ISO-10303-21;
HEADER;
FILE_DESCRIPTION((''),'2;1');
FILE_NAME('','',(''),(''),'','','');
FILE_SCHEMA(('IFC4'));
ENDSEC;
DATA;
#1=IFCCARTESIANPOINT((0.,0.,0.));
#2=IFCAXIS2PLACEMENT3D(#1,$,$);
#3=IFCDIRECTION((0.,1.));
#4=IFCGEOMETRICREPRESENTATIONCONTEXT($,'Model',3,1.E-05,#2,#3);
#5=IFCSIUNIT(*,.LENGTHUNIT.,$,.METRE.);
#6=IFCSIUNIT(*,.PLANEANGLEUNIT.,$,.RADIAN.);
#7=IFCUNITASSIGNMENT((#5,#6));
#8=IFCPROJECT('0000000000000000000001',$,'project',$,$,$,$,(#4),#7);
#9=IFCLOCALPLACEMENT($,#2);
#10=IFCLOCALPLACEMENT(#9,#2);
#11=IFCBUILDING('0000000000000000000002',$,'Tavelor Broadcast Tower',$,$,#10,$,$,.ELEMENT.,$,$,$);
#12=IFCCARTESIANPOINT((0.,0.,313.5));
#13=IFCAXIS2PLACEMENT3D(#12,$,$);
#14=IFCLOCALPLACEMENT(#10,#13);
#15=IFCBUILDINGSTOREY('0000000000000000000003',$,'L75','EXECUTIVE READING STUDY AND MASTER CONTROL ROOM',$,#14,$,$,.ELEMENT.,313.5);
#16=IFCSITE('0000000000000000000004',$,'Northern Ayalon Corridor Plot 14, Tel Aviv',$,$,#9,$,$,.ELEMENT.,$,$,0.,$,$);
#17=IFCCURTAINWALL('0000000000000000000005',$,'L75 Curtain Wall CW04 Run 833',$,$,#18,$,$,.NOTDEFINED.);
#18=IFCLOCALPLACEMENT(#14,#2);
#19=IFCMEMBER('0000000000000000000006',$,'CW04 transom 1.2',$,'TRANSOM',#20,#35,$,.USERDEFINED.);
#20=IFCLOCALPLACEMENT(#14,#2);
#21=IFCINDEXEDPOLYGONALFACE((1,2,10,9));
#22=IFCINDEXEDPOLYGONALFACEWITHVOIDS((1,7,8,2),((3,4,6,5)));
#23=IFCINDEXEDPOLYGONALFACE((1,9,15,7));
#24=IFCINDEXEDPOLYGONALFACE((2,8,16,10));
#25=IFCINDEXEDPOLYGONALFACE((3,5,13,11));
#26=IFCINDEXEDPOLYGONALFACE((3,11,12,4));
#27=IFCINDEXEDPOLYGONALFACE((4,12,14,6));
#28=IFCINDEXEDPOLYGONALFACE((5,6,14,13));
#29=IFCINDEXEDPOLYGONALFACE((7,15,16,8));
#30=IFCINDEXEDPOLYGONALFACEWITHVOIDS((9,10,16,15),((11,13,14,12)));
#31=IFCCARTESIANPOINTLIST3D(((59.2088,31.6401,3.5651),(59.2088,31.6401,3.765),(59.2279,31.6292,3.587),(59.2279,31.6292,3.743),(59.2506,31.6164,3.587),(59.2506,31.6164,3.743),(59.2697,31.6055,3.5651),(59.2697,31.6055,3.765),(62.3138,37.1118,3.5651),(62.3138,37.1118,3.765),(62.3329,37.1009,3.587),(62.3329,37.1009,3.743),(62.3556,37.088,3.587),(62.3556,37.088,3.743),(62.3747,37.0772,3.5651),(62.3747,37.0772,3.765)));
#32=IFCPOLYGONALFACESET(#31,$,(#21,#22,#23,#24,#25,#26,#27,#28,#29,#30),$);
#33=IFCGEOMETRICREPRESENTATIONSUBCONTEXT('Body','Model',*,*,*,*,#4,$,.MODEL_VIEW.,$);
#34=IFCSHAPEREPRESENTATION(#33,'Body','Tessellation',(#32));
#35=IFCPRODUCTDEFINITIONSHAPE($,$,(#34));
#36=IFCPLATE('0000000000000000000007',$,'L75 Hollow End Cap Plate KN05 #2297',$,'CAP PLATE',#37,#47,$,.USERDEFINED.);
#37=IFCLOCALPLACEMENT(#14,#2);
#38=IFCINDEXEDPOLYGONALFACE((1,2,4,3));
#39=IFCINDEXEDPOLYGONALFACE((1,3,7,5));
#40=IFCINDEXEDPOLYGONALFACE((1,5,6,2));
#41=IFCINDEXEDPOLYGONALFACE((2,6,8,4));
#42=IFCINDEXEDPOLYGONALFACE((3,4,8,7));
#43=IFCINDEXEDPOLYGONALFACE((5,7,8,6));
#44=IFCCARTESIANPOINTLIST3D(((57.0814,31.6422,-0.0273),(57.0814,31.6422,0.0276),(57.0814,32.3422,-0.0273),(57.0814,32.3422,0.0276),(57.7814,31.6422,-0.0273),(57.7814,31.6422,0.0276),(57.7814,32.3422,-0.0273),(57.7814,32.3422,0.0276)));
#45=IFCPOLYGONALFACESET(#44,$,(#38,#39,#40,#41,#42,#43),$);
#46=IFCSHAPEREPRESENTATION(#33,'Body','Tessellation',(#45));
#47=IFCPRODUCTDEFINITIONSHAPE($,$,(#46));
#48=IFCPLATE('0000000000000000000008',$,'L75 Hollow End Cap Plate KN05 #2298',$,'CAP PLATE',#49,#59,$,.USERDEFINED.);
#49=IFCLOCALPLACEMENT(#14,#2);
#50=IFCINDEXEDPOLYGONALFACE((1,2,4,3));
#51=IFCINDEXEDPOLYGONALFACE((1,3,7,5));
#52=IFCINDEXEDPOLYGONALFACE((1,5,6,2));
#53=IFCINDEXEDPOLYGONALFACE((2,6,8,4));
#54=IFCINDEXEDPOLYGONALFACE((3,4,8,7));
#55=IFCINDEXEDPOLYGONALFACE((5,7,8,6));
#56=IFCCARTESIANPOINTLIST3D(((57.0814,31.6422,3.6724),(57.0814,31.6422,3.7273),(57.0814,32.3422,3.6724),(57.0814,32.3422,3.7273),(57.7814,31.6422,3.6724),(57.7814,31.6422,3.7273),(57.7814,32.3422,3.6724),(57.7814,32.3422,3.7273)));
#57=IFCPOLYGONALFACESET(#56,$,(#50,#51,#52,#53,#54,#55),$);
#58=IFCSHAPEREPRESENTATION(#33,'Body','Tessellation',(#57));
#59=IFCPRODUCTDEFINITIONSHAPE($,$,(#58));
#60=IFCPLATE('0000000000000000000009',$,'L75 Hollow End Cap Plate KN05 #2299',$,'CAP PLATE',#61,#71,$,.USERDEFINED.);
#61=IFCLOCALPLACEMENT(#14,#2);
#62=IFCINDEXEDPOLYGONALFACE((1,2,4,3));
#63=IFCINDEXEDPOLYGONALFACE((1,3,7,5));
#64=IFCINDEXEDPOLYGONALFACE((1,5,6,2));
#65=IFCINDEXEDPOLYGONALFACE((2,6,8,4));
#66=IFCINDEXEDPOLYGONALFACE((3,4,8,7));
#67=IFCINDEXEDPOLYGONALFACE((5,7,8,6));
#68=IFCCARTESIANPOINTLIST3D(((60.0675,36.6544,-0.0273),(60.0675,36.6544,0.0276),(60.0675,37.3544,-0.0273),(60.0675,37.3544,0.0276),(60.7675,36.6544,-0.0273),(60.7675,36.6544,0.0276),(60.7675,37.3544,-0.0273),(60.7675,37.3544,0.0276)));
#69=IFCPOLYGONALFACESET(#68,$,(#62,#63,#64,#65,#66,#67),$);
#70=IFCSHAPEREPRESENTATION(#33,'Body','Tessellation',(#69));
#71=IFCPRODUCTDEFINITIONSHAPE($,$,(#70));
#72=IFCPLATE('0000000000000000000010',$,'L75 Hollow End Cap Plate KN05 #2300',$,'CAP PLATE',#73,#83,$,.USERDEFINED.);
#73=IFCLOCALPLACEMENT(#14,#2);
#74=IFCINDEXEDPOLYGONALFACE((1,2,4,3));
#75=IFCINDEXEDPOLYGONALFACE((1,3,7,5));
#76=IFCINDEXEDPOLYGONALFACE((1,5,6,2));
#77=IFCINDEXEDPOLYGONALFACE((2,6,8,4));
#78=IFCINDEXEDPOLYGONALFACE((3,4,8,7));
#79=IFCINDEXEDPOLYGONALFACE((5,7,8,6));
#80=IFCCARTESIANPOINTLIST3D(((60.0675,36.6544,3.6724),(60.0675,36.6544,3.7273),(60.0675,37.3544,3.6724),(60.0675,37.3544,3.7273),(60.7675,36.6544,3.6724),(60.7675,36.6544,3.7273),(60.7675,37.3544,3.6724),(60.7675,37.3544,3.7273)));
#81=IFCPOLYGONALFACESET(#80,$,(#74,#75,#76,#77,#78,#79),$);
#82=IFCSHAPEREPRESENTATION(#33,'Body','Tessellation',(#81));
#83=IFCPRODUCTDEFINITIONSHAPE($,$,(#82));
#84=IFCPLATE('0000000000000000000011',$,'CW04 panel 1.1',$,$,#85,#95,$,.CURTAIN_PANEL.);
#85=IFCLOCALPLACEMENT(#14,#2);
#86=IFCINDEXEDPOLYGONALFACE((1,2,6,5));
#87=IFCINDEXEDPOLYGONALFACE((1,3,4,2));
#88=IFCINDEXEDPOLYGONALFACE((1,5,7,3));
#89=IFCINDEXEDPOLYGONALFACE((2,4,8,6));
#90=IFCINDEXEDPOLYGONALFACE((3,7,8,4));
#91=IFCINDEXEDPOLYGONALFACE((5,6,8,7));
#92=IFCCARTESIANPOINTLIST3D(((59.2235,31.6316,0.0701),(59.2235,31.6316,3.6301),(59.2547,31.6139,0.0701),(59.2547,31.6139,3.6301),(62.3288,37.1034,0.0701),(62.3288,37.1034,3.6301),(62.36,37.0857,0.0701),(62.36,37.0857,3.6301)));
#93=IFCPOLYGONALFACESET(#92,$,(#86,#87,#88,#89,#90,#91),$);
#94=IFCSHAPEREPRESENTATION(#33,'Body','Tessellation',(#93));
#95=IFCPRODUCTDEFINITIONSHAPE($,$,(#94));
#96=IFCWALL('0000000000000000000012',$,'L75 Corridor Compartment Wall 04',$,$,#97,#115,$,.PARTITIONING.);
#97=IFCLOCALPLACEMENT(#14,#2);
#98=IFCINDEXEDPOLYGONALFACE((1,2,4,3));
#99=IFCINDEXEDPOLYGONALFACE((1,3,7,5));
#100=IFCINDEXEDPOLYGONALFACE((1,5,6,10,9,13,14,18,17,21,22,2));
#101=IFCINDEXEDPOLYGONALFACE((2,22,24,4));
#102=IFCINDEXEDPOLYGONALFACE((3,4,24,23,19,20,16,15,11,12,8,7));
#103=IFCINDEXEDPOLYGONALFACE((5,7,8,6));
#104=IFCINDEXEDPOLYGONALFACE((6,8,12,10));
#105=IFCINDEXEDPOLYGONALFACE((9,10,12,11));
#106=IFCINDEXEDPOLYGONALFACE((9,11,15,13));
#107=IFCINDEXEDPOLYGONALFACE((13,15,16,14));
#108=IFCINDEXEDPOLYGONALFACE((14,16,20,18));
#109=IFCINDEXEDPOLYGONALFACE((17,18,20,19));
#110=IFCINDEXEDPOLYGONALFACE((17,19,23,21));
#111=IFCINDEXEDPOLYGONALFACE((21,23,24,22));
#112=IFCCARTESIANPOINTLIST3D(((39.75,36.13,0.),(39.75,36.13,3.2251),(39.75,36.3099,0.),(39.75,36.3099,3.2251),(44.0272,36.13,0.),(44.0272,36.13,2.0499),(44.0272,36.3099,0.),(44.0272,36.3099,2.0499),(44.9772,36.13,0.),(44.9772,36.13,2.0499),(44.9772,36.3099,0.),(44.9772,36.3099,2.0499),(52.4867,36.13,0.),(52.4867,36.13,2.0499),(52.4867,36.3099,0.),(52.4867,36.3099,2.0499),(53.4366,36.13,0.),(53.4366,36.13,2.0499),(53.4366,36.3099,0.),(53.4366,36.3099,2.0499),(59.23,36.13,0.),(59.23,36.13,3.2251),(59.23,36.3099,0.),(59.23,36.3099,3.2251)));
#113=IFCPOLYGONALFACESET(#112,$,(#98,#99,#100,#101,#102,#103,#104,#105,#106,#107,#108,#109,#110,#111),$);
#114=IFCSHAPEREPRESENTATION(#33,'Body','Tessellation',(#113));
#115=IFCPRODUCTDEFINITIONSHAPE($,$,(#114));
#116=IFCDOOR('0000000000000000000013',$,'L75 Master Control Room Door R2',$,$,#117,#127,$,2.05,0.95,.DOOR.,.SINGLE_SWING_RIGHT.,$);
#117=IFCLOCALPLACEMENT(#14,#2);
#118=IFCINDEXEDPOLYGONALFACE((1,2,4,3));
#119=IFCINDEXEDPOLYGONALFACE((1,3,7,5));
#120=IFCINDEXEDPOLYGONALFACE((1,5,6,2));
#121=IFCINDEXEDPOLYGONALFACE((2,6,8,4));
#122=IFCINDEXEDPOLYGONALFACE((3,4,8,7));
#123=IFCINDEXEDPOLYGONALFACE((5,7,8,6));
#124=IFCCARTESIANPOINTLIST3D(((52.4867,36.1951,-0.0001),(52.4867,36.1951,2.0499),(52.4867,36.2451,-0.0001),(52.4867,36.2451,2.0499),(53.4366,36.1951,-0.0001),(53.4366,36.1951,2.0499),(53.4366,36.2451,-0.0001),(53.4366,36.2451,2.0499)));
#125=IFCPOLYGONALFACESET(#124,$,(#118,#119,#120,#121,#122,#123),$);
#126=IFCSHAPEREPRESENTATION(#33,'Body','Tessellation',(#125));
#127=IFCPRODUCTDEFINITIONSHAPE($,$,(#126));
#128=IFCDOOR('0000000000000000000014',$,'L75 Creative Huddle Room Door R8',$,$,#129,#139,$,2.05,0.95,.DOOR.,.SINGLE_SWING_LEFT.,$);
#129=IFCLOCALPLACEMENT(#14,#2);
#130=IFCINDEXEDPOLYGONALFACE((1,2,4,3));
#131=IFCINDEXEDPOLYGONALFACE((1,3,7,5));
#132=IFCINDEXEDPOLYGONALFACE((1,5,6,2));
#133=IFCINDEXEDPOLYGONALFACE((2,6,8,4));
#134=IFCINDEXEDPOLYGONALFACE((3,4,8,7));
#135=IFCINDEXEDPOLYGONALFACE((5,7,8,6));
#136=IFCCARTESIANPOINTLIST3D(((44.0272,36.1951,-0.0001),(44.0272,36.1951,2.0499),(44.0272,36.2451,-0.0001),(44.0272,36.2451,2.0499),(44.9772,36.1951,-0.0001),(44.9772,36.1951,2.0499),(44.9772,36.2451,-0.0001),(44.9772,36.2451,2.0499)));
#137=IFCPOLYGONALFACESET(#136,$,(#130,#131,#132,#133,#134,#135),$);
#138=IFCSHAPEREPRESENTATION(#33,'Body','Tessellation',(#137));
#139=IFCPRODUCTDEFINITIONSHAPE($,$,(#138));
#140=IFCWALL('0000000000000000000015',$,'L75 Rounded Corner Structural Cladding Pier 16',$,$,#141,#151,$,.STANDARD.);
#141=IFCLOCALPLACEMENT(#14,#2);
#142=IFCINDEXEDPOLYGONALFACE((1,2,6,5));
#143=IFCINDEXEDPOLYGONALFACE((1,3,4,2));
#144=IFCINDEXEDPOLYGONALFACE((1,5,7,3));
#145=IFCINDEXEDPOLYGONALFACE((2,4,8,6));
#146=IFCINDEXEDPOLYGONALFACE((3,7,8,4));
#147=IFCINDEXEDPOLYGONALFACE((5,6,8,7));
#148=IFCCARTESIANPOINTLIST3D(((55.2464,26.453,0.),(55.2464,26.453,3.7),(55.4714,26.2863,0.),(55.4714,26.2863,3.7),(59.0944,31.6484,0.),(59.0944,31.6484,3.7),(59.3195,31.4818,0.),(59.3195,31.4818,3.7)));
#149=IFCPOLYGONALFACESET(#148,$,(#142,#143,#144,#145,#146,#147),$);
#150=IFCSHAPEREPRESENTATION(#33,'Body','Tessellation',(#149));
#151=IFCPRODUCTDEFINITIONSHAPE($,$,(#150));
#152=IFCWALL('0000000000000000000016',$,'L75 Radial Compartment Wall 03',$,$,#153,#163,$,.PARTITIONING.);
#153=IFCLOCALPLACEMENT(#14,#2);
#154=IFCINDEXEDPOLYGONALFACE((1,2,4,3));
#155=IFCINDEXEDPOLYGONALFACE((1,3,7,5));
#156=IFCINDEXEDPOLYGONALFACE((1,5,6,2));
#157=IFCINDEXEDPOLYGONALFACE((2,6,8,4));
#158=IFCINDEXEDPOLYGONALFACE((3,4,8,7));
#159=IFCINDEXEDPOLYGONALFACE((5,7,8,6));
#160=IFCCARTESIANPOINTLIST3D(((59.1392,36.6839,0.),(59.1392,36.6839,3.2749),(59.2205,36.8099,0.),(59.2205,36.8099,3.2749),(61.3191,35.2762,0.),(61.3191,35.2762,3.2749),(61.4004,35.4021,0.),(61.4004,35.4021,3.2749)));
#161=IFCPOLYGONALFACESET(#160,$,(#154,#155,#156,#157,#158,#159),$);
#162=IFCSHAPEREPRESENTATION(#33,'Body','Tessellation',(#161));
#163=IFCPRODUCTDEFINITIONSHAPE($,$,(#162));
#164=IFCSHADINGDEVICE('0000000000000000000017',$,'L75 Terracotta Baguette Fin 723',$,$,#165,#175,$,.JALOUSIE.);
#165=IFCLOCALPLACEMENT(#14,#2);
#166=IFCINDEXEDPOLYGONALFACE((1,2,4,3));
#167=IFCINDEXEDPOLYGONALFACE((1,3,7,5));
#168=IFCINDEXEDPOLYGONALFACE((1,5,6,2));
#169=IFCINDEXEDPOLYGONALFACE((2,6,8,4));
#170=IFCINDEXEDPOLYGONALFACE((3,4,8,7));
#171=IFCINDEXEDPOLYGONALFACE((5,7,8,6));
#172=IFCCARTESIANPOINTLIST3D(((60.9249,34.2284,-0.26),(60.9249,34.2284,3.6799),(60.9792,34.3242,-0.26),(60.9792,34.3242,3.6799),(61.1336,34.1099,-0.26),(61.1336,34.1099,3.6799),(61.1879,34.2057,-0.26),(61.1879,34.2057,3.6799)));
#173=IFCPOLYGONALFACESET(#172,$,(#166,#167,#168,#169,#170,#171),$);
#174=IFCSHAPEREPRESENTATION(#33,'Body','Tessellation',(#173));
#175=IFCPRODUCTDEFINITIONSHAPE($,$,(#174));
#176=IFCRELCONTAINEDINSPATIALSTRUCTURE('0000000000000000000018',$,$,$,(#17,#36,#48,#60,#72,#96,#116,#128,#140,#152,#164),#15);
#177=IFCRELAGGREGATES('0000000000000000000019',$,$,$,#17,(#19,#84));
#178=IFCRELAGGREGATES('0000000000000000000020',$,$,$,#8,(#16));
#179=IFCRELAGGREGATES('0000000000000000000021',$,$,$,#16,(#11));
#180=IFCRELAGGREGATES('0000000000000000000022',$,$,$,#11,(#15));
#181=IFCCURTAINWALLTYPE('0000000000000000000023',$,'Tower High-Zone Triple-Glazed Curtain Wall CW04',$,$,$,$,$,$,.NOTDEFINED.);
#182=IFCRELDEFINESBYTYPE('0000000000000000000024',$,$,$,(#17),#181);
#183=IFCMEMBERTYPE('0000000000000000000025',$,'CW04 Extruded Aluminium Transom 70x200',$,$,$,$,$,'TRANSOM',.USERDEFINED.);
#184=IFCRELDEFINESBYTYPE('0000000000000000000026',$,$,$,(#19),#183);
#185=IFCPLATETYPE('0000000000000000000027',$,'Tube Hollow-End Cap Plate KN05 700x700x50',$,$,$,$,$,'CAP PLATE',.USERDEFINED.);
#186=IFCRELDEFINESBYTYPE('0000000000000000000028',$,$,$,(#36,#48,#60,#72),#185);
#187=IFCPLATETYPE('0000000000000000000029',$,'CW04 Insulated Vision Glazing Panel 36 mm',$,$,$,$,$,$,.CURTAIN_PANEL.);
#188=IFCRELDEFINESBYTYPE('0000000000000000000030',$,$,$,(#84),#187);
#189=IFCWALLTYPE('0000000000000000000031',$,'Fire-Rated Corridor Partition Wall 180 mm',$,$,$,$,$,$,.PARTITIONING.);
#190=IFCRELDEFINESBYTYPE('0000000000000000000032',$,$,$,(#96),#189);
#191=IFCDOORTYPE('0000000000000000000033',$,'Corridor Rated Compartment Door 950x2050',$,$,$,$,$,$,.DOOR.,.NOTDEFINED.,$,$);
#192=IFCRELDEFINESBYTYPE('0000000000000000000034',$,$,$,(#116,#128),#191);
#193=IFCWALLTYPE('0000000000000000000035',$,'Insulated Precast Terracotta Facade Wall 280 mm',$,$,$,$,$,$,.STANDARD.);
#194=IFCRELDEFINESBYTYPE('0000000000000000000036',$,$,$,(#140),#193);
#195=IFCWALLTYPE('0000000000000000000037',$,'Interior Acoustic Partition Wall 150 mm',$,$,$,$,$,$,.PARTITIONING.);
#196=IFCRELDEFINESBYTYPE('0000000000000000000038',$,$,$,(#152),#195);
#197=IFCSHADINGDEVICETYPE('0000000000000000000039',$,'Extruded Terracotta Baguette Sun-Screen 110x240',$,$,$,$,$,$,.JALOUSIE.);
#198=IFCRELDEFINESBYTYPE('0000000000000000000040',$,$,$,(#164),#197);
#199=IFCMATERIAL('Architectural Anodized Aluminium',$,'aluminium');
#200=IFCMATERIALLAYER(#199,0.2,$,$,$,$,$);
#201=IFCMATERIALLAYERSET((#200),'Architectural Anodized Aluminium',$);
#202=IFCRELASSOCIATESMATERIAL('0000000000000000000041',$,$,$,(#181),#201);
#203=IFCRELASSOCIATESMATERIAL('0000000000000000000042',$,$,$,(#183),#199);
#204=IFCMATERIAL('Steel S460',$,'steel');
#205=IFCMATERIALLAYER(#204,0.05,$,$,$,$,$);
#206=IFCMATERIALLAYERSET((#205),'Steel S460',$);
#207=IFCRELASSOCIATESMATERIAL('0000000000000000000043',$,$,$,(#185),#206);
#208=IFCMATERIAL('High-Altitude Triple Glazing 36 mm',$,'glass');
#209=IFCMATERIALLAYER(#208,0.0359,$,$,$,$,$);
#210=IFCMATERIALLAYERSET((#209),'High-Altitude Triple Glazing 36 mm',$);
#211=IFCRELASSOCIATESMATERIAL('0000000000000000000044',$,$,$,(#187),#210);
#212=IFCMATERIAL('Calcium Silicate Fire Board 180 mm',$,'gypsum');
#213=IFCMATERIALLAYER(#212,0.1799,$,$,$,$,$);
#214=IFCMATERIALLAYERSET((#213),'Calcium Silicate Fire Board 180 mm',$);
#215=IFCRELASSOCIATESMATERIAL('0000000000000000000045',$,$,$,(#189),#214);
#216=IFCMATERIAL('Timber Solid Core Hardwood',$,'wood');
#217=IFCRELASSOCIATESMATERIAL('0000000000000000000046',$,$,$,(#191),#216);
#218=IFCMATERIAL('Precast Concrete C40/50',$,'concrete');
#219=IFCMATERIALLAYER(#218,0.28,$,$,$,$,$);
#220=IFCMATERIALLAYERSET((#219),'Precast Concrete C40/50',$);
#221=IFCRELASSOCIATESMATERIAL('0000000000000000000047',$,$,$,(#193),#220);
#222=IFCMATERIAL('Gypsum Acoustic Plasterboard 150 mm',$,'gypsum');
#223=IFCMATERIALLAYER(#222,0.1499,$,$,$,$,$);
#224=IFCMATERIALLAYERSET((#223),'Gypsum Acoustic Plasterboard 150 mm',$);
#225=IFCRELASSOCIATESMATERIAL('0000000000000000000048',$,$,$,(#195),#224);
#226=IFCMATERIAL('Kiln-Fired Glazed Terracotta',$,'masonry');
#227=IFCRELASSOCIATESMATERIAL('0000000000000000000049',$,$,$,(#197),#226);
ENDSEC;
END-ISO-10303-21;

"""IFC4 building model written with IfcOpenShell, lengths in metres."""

from ifc_helpers import new_model, si_unit, direction, frame, frame_2d, origin, origin_2d, place, context, subcontext, project, spatial, rectangle, hollow_rectangle, extrude, source, transform, mapped, material, layer, layer_set, material_profile, profile_set, type_object, type_shapes, element, fill, aggregate, save


model = new_model("IFC4")

# Units and contexts
model_context = context("Model", 3, precision=1e-05, world=origin(), true_north=direction((0.0, 1.0)))
body_context = subcontext(model_context, "Body", "Model", "MODEL_VIEW")
ifc_project = project(units=[si_unit("LENGTHUNIT", "METRE"), si_unit("PLANEANGLEUNIT", "RADIAN")], contexts=[model_context])

# Site, building, storey
site_placement = place(None, origin())
site = spatial("IfcSite", under=ifc_project, at=site_placement, Name="Northern Ayalon Corridor Plot 14, Tel Aviv", CompositionType="ELEMENT", RefElevation=0.0)
building_placement = place(site_placement, origin())
building = spatial("IfcBuilding", under=site, at=building_placement, Name="Tavelor Broadcast Tower", CompositionType="ELEMENT")
storey_placement = place(building_placement, frame((0.0, 0.0, 313.5)))
storey = spatial("IfcBuildingStorey", under=building, at=storey_placement, Name="L75", Description="EXECUTIVE READING STUDY AND MASTER CONTROL ROOM", CompositionType="ELEMENT", Elevation=313.5)

# Shared definitions
ifc_material_1 = material(Name="Steel S460", Category="steel")

# Curtain wall
ifc_material_2 = material(Name="Architectural Anodized Aluminium", Category="aluminium")
ifc_layer_1 = layer(ifc_material_2, 0.2)
ifc_layer_set_1 = layer_set([ifc_layer_1], Name="Architectural Anodized Aluminium")
curtain_wall_type = type_object("IfcCurtainWallType", Name="Tower High-Zone Triple-Glazed Curtain Wall CW04", PredefinedType="NOTDEFINED", material=ifc_layer_set_1)
curtain_wall_1_placement = place(storey_placement, origin())
curtain_wall_1 = element("IfcCurtainWall", 1, at=curtain_wall_1_placement, inside=storey, type_object=curtain_wall_type, Name="L75 Curtain Wall CW04 Run 833", PredefinedType="NOTDEFINED")

# Member
ifc_material_profile_1 = material_profile(ifc_material_2, hollow_rectangle(XDim=0.0701, YDim=0.2, WallThickness=0.022, at=origin_2d()), Name="RHS 70x200x22")
ifc_profile_set_1 = profile_set([ifc_material_profile_1], Name="Architectural Anodized Aluminium")
member_type_1 = type_object("IfcMemberType", Name="CW04 Extruded Aluminium Transom 70x200", ElementType="TRANSOM", PredefinedType="USERDEFINED", material=ifc_profile_set_1)
shared_shape_1 = source(origin(), body_context, "Body", "SweptSolid", [
    extrude(hollow_rectangle(XDim=0.0701, YDim=0.2, WallThickness=0.022, at=origin_2d()), origin(), (0.0, 0.0, 1.0), 6.2913),
])
type_shapes(member_type_1, [shared_shape_1])
member_1_placement = place(storey_placement, frame((59.2393, 31.6228, 3.665), z_axis=(0.493537, 0.869725, 0.0), x_axis=(-0.869725, 0.493537, 0.0)))
member_1 = element("IfcMember", 2, at=member_1_placement, type_object=member_type_1, Name="CW04 transom 1.2", ObjectType="TRANSOM", PredefinedType="USERDEFINED", context=body_context, shape_type="MappedRepresentation", body=[
    mapped(shared_shape_1, transform((0.0, 0.0, 0.0), scale=1.0)),
])

# Plates
ifc_layer_2 = layer(ifc_material_1, 0.05)
ifc_layer_set_2 = layer_set([ifc_layer_2], Name="Steel S460")
plate_type_1 = type_object("IfcPlateType", Name="Tube Hollow-End Cap Plate KN05 700x700x50", ElementType="CAP PLATE", PredefinedType="USERDEFINED", material=ifc_layer_set_2)
shared_shape_2 = source(origin(), body_context, "Body", "SweptSolid", [
    extrude(rectangle(XDim=0.7, YDim=0.7, at=origin_2d()), origin(), (0.0, 0.0, 1.0), 0.0549),
])
type_shapes(plate_type_1, [shared_shape_2])
for number, where, z_axis, x_axis, name in (
    (3, (57.4314, 31.9922, -0.0273), (0.0, 0.0, 1.0), (1.0, 0.0, 0.0), "L75 Hollow End Cap Plate KN05 #2297"),
    (4, (57.4314, 31.9922, 3.6724), (0.0, 0.0, 1.0), (1.0, 0.0, 0.0), "L75 Hollow End Cap Plate KN05 #2298"),
    (5, (60.4175, 37.0044, -0.0273), (0.0, 0.0, 1.0), (1.0, 0.0, 0.0), "L75 Hollow End Cap Plate KN05 #2299"),
    (6, (60.4175, 37.0044, 3.6724), (0.0, 0.0, 1.0), (1.0, 0.0, 0.0), "L75 Hollow End Cap Plate KN05 #2300"),
):
    element("IfcPlate", number, at=place(storey_placement, frame(where, z_axis=z_axis, x_axis=x_axis)), inside=storey, type_object=plate_type_1, Name=name, ObjectType="CAP PLATE", PredefinedType="USERDEFINED", context=body_context, shape_type="MappedRepresentation", body=[
        mapped(shared_shape_2, transform((0.0, 0.0, 0.0), scale=1.0)),
    ])

# Plate
ifc_material_3 = material(Name="High-Altitude Triple Glazing 36 mm", Category="glass")
ifc_layer_3 = layer(ifc_material_3, 0.0359)
ifc_layer_set_3 = layer_set([ifc_layer_3], Name="High-Altitude Triple Glazing 36 mm")
plate_type_2 = type_object("IfcPlateType", Name="CW04 Insulated Vision Glazing Panel 36 mm", PredefinedType="CURTAIN_PANEL", material=ifc_layer_set_3)
shared_shape_3 = source(origin(), body_context, "Body", "SweptSolid", [
    extrude(rectangle(XDim=6.2915, YDim=0.0359, at=origin_2d()), origin(), (0.0, 0.0, 1.0), 3.5601),
])
type_shapes(plate_type_2, [shared_shape_3])
plate_placement = place(storey_placement, frame((60.7917, 34.3586, 0.0701), z_axis=(0.0, 0.0, 1.0), x_axis=(0.49356, 0.869712, 0.0)))
plate = element("IfcPlate", 7, at=plate_placement, type_object=plate_type_2, Name="CW04 panel 1.1", PredefinedType="CURTAIN_PANEL", context=body_context, shape_type="MappedRepresentation", body=[
    mapped(shared_shape_3, transform((0.0, 0.0, 0.0), scale=1.0)),
])
aggregate(curtain_wall_1, [member_1, plate])

# Wall, openings, doors
ifc_material_4 = material(Name="Calcium Silicate Fire Board 180 mm", Category="gypsum")
ifc_layer_4 = layer(ifc_material_4, 0.1799)
ifc_layer_set_4 = layer_set([ifc_layer_4], Name="Calcium Silicate Fire Board 180 mm")
wall_type_1 = type_object("IfcWallType", Name="Fire-Rated Corridor Partition Wall 180 mm", PredefinedType="PARTITIONING", material=ifc_layer_set_4)
wall_1_placement = place(storey_placement, frame((59.23, 36.22, 0.0), z_axis=(0.0, 0.0, 1.0), x_axis=(-1.0, 0.0, 0.0)))
wall_1 = element("IfcWall", 8, at=wall_1_placement, inside=storey, type_object=wall_type_1, Name="L75 Corridor Compartment Wall 04", PredefinedType="PARTITIONING", context=body_context, shape_type="SweptSolid", body=[
    extrude(rectangle(XDim=19.48, YDim=0.1799, at=frame_2d((9.74, 0.0))), origin(), (0.0, 0.0, 1.0), 3.2251),
])
opening_1_placement = place(wall_1_placement, frame((5.7932, 0.0, 0.0)))
opening_1 = element("IfcOpeningElement", 9, at=opening_1_placement, cuts=wall_1, PredefinedType="OPENING", context=body_context, shape_type="SweptSolid", body=[
    extrude(rectangle(XDim=0.95, YDim=2.05, at=frame_2d((0.4751, 1.0249))), frame((0.0, 0.1001, 0.0), z_axis=(0.0, -1.0, 0.0), x_axis=(1.0, 0.0, 0.0)), (0.0, 0.0, 1.0), 0.2),
])
opening_2_placement = place(wall_1_placement, frame((14.2527, 0.0, 0.0)))
opening_2 = element("IfcOpeningElement", 10, at=opening_2_placement, cuts=wall_1, PredefinedType="OPENING", context=body_context, shape_type="SweptSolid", body=[
    extrude(rectangle(XDim=0.95, YDim=2.05, at=frame_2d((0.4751, 1.0249))), frame((0.0, 0.1001, 0.0), z_axis=(0.0, -1.0, 0.0), x_axis=(1.0, 0.0, 0.0)), (0.0, 0.0, 1.0), 0.2),
])
ifc_material_5 = material(Name="Timber Solid Core Hardwood", Category="wood")
door_type = type_object("IfcDoorType", Name="Corridor Rated Compartment Door 950x2050", OperationType="NOTDEFINED", PredefinedType="DOOR", material=ifc_material_5)
door_1_placement = place(opening_1_placement, origin())
door_1 = element("IfcDoor", 11, at=door_1_placement, inside=storey, type_object=door_type, Name="L75 Master Control Room Door R2", OperationType="SINGLE_SWING_RIGHT", OverallHeight=2.05, OverallWidth=0.95, PredefinedType="DOOR", context=body_context, shape_type="SweptSolid", body=[
    extrude(rectangle(XDim=0.95, YDim=2.05, at=frame_2d((0.4751, 1.0249))), frame((0.0, 0.0249, 0.0), z_axis=(0.0, -1.0, 0.0), x_axis=(1.0, 0.0, 0.0)), (0.0, 0.0, 1.0), 0.05),
])
fill(opening_1, door_1)
door_2_placement = place(opening_2_placement, origin())
door_2 = element("IfcDoor", 12, at=door_2_placement, inside=storey, type_object=door_type, Name="L75 Creative Huddle Room Door R8", OperationType="SINGLE_SWING_LEFT", OverallHeight=2.05, OverallWidth=0.95, PredefinedType="DOOR", context=body_context, shape_type="SweptSolid", body=[
    extrude(rectangle(XDim=0.95, YDim=2.05, at=frame_2d((0.4751, 1.0249))), frame((0.0, 0.0249, 0.0), z_axis=(0.0, -1.0, 0.0), x_axis=(1.0, 0.0, 0.0)), (0.0, 0.0, 1.0), 0.05),
])
fill(opening_2, door_2)

# Walls
ifc_material_6 = material(Name="Precast Concrete C40/50", Category="concrete")
ifc_layer_5 = layer(ifc_material_6, 0.28)
ifc_layer_set_5 = layer_set([ifc_layer_5], Name="Precast Concrete C40/50")
wall_type_2 = type_object("IfcWallType", Name="Insulated Precast Terracotta Facade Wall 280 mm", PredefinedType="STANDARD", material=ifc_layer_set_5)
wall_2_placement = place(storey_placement, frame((55.3589, 26.3696, 0.0), z_axis=(0.0, 0.0, 1.0), x_axis=(0.595186, 0.803588, 0.0)))
element("IfcWall", 13, at=wall_2_placement, inside=storey, type_object=wall_type_2, Name="L75 Rounded Corner Structural Cladding Pier 16", PredefinedType="STANDARD", context=body_context, shape_type="SweptSolid", body=[
    extrude(rectangle(XDim=6.4653, YDim=0.28, at=frame_2d((3.2327, 0.0))), origin(), (0.0, 0.0, 1.0), 3.7),
])
ifc_material_7 = material(Name="Gypsum Acoustic Plasterboard 150 mm", Category="gypsum")
ifc_layer_6 = layer(ifc_material_7, 0.1499)
ifc_layer_set_6 = layer_set([ifc_layer_6], Name="Gypsum Acoustic Plasterboard 150 mm")
wall_type_3 = type_object("IfcWallType", Name="Interior Acoustic Partition Wall 150 mm", PredefinedType="PARTITIONING", material=ifc_layer_set_6)
wall_3_placement = place(storey_placement, frame((59.1799, 36.7468, 0.0), z_axis=(0.0, 0.0, 1.0), x_axis=(0.840067, -0.542483, 0.0)))
element("IfcWall", 14, at=wall_3_placement, inside=storey, type_object=wall_type_3, Name="L75 Radial Compartment Wall 03", PredefinedType="PARTITIONING", context=body_context, shape_type="SweptSolid", body=[
    extrude(rectangle(XDim=2.595, YDim=0.1499, at=frame_2d((1.2974, 0.0))), origin(), (0.0, 0.0, 1.0), 3.2749),
])

# Shading device
ifc_material_8 = material(Name="Kiln-Fired Glazed Terracotta", Category="masonry")
shading_device_type = type_object("IfcShadingDeviceType", Name="Extruded Terracotta Baguette Sun-Screen 110x240", PredefinedType="JALOUSIE", material=ifc_material_8)
shared_shape_4 = source(origin(), body_context, "Body", "SweptSolid", [
    extrude(rectangle(XDim=0.1101, YDim=0.24, at=origin_2d()), origin(), (0.0, 0.0, 1.0), 3.9399),
])
type_shapes(shading_device_type, [shared_shape_4])
shading_device_placement = place(storey_placement, frame((61.0564, 34.217, -0.26), z_axis=(0.0, 0.0, 1.0), x_axis=(0.493638, 0.869667, 0.0)))
element("IfcShadingDevice", 15, at=shading_device_placement, inside=storey, type_object=shading_device_type, Name="L75 Terracotta Baguette Fin 723", PredefinedType="JALOUSIE", context=body_context, shape_type="MappedRepresentation", body=[
    mapped(shared_shape_4, transform((0.0, 0.0, 0.0), scale=1.0)),
])

save(model, "model.ifc")
